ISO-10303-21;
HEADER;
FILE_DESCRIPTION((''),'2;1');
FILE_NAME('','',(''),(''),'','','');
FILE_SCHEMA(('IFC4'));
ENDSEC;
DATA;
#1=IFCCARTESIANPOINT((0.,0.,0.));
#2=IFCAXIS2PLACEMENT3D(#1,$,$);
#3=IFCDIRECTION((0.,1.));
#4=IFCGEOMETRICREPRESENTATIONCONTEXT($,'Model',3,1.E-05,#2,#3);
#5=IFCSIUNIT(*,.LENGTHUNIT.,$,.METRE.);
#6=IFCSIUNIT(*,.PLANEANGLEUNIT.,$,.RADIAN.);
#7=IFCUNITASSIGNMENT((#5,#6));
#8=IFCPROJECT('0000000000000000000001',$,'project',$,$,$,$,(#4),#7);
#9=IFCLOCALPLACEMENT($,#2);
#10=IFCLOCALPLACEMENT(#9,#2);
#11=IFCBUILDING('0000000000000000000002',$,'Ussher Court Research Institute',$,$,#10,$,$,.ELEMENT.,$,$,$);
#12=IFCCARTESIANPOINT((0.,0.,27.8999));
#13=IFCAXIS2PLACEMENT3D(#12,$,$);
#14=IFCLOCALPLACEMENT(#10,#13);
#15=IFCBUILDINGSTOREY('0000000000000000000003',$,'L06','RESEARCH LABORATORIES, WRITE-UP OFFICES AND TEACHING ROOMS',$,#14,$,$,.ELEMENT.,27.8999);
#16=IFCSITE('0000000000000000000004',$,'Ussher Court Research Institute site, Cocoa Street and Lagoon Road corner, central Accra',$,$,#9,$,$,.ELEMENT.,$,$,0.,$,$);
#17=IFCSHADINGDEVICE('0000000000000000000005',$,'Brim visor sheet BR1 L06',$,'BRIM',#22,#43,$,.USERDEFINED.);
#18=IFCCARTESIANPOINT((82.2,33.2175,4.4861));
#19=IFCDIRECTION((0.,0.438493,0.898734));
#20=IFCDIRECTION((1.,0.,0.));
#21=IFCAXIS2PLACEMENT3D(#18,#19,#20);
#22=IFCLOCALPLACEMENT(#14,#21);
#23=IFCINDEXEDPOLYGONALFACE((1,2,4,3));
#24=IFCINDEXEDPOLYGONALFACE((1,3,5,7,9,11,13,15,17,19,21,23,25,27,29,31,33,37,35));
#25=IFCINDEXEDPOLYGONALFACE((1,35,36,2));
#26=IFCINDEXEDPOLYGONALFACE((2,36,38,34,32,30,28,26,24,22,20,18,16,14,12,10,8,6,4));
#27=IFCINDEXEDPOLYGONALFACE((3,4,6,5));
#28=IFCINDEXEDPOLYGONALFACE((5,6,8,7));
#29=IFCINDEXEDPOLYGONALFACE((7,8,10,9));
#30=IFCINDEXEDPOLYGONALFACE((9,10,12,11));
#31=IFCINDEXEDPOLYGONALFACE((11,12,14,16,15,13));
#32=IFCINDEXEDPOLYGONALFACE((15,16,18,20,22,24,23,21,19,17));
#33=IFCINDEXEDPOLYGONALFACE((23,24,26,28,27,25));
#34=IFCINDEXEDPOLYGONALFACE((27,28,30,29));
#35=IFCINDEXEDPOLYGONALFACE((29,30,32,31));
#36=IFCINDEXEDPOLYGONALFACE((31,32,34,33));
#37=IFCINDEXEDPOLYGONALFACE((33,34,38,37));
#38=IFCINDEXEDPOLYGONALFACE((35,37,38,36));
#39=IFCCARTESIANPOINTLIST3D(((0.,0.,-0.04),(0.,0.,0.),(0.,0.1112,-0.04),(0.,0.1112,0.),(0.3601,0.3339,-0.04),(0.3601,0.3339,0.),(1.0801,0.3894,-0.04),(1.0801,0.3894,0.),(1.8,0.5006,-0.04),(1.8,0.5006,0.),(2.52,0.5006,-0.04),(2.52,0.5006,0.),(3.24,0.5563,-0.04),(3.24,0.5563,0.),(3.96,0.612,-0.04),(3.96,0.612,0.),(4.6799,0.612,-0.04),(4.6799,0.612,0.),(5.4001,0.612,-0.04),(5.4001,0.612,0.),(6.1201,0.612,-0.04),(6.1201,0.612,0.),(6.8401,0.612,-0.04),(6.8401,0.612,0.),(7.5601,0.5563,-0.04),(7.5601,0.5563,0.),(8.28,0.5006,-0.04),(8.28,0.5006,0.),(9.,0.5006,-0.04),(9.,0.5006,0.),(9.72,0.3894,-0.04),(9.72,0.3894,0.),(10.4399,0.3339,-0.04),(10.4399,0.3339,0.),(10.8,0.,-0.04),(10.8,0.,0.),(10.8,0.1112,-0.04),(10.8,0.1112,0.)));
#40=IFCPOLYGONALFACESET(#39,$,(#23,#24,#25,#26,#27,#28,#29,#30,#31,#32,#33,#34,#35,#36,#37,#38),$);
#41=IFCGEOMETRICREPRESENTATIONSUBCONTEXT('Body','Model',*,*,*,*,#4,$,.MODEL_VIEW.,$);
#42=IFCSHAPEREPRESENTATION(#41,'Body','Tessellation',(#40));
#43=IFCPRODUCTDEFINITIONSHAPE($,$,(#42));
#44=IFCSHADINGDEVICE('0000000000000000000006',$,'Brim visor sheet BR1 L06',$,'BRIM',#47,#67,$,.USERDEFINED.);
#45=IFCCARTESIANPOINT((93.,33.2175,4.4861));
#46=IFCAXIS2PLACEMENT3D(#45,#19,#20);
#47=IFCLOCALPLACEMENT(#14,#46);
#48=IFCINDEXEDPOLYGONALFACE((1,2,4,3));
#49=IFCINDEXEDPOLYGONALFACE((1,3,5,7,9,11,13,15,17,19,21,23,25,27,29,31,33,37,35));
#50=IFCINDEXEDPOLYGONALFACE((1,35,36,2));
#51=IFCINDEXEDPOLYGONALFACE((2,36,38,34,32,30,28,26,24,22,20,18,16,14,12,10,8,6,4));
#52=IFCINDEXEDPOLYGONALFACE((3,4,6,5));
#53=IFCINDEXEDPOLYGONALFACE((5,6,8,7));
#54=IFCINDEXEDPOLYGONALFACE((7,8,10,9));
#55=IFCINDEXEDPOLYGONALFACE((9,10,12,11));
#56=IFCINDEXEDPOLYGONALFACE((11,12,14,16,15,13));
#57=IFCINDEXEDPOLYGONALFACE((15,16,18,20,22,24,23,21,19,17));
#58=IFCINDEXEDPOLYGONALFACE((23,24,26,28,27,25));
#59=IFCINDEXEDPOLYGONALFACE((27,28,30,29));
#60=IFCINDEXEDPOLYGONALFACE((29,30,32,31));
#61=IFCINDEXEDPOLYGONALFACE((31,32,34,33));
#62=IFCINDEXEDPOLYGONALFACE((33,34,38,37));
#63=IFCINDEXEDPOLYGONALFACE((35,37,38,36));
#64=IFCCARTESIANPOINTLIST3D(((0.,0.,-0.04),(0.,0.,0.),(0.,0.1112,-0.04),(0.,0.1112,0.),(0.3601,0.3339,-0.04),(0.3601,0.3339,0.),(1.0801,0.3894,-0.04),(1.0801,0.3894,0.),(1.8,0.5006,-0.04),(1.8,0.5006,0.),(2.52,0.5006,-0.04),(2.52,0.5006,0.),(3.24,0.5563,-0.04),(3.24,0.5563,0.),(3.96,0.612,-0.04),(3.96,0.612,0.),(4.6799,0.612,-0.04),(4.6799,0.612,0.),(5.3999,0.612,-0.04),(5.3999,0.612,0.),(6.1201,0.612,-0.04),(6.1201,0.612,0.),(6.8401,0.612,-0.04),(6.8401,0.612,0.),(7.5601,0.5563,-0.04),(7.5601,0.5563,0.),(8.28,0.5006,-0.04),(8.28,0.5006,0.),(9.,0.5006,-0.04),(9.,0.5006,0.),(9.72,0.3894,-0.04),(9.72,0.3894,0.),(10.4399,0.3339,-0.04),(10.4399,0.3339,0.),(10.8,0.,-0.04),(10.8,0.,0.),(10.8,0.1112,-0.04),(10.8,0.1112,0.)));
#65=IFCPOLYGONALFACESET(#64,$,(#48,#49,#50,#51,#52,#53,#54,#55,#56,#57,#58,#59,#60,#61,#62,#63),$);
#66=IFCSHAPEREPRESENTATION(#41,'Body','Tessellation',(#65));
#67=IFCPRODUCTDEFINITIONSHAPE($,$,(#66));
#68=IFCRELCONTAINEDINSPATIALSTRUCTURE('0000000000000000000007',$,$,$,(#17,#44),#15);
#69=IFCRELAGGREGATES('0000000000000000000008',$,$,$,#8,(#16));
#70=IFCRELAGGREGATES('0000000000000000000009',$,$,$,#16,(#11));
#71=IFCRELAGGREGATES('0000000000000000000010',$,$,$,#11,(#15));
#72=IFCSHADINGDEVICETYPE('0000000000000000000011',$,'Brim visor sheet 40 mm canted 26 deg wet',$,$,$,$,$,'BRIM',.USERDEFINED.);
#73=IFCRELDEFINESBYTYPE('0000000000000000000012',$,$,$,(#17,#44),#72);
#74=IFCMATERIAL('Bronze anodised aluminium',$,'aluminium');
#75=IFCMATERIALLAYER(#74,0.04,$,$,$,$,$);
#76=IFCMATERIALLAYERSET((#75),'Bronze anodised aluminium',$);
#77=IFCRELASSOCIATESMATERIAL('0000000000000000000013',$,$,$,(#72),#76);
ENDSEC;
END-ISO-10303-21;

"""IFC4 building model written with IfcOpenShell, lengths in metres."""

from ifc_helpers import new_model, si_unit, direction, frame, origin, place, context, subcontext, project, spatial, polyline, outline, extrude, material, layer, layer_set, type_object, element, save


model = new_model("IFC4")

# Units and contexts
model_context = context("Model", 3, precision=1e-05, world=origin(), true_north=direction((0.0, 1.0)))
body_context = subcontext(model_context, "Body", "Model", "MODEL_VIEW")
ifc_project = project(units=[si_unit("LENGTHUNIT", "METRE"), si_unit("PLANEANGLEUNIT", "RADIAN")], contexts=[model_context])

# Site, building, storey
site_placement = place(None, origin())
site = spatial("IfcSite", under=ifc_project, at=site_placement, Name="Ussher Court Research Institute site, Cocoa Street and Lagoon Road corner, central Accra", CompositionType="ELEMENT", RefElevation=0.0)
building_placement = place(site_placement, origin())
building = spatial("IfcBuilding", under=site, at=building_placement, Name="Ussher Court Research Institute", CompositionType="ELEMENT")
storey_placement = place(building_placement, frame((0.0, 0.0, 27.8999)))
storey = spatial("IfcBuildingStorey", under=building, at=storey_placement, Name="L06", Description="RESEARCH LABORATORIES, WRITE-UP OFFICES AND TEACHING ROOMS", CompositionType="ELEMENT", Elevation=27.8999)

# Shading devices
ifc_material_1 = material(Name="Bronze anodised aluminium", Category="aluminium")
ifc_layer_1 = layer(ifc_material_1, 0.04)
ifc_layer_set_1 = layer_set([ifc_layer_1], Name="Bronze anodised aluminium")
shading_device_type_1 = type_object("IfcShadingDeviceType", Name="Brim visor sheet 40 mm canted 26 deg wet", ElementType="BRIM", PredefinedType="USERDEFINED", material=ifc_layer_set_1)
shading_device_1_placement = place(storey_placement, frame((82.2, 33.2175, 4.4861), z_axis=(0.0, 0.438493, 0.898734), x_axis=(1.0, 0.0, 0.0)))
element("IfcShadingDevice", 1, at=shading_device_1_placement, inside=storey, type_object=shading_device_type_1, Name="Brim visor sheet BR1 L06", ObjectType="BRIM", PredefinedType="USERDEFINED", context=body_context, shape_type="SweptSolid", body=[
    extrude(outline(polyline([(0.0, 0.0), (10.8, 0.0), (10.8, 0.1112), (10.4399, 0.3339), (9.72, 0.3894), (9.0, 0.5006), (8.28, 0.5006), (7.5601, 0.5563), (6.8401, 0.612), (6.1201, 0.612), (5.4001, 0.612), (4.6799, 0.612), (3.96, 0.612), (3.24, 0.5563), (2.52, 0.5006), (1.8, 0.5006), (1.0801, 0.3894), (0.3601, 0.3339), (0.0, 0.1112), (0.0, 0.0)])), origin(), (0.0, 0.0, -1.0), 0.04),
])
shading_device_2_placement = place(storey_placement, frame((93.0, 33.2175, 4.4861), z_axis=(0.0, 0.438493, 0.898734), x_axis=(1.0, 0.0, 0.0)))
element("IfcShadingDevice", 2, at=shading_device_2_placement, inside=storey, type_object=shading_device_type_1, Name="Brim visor sheet BR1 L06", ObjectType="BRIM", PredefinedType="USERDEFINED", context=body_context, shape_type="SweptSolid", body=[
    extrude(outline(polyline([(0.0, 0.0), (10.8, 0.0), (10.8, 0.1112), (10.4399, 0.3339), (9.72, 0.3894), (9.0, 0.5006), (8.28, 0.5006), (7.5601, 0.5563), (6.8401, 0.612), (6.1201, 0.612), (5.3999, 0.612), (4.6799, 0.612), (3.96, 0.612), (3.24, 0.5563), (2.52, 0.5006), (1.8, 0.5006), (1.0801, 0.3894), (0.3601, 0.3339), (0.0, 0.1112), (0.0, 0.0)])), origin(), (0.0, 0.0, -1.0), 0.04),
])

save(model, "model.ifc")
